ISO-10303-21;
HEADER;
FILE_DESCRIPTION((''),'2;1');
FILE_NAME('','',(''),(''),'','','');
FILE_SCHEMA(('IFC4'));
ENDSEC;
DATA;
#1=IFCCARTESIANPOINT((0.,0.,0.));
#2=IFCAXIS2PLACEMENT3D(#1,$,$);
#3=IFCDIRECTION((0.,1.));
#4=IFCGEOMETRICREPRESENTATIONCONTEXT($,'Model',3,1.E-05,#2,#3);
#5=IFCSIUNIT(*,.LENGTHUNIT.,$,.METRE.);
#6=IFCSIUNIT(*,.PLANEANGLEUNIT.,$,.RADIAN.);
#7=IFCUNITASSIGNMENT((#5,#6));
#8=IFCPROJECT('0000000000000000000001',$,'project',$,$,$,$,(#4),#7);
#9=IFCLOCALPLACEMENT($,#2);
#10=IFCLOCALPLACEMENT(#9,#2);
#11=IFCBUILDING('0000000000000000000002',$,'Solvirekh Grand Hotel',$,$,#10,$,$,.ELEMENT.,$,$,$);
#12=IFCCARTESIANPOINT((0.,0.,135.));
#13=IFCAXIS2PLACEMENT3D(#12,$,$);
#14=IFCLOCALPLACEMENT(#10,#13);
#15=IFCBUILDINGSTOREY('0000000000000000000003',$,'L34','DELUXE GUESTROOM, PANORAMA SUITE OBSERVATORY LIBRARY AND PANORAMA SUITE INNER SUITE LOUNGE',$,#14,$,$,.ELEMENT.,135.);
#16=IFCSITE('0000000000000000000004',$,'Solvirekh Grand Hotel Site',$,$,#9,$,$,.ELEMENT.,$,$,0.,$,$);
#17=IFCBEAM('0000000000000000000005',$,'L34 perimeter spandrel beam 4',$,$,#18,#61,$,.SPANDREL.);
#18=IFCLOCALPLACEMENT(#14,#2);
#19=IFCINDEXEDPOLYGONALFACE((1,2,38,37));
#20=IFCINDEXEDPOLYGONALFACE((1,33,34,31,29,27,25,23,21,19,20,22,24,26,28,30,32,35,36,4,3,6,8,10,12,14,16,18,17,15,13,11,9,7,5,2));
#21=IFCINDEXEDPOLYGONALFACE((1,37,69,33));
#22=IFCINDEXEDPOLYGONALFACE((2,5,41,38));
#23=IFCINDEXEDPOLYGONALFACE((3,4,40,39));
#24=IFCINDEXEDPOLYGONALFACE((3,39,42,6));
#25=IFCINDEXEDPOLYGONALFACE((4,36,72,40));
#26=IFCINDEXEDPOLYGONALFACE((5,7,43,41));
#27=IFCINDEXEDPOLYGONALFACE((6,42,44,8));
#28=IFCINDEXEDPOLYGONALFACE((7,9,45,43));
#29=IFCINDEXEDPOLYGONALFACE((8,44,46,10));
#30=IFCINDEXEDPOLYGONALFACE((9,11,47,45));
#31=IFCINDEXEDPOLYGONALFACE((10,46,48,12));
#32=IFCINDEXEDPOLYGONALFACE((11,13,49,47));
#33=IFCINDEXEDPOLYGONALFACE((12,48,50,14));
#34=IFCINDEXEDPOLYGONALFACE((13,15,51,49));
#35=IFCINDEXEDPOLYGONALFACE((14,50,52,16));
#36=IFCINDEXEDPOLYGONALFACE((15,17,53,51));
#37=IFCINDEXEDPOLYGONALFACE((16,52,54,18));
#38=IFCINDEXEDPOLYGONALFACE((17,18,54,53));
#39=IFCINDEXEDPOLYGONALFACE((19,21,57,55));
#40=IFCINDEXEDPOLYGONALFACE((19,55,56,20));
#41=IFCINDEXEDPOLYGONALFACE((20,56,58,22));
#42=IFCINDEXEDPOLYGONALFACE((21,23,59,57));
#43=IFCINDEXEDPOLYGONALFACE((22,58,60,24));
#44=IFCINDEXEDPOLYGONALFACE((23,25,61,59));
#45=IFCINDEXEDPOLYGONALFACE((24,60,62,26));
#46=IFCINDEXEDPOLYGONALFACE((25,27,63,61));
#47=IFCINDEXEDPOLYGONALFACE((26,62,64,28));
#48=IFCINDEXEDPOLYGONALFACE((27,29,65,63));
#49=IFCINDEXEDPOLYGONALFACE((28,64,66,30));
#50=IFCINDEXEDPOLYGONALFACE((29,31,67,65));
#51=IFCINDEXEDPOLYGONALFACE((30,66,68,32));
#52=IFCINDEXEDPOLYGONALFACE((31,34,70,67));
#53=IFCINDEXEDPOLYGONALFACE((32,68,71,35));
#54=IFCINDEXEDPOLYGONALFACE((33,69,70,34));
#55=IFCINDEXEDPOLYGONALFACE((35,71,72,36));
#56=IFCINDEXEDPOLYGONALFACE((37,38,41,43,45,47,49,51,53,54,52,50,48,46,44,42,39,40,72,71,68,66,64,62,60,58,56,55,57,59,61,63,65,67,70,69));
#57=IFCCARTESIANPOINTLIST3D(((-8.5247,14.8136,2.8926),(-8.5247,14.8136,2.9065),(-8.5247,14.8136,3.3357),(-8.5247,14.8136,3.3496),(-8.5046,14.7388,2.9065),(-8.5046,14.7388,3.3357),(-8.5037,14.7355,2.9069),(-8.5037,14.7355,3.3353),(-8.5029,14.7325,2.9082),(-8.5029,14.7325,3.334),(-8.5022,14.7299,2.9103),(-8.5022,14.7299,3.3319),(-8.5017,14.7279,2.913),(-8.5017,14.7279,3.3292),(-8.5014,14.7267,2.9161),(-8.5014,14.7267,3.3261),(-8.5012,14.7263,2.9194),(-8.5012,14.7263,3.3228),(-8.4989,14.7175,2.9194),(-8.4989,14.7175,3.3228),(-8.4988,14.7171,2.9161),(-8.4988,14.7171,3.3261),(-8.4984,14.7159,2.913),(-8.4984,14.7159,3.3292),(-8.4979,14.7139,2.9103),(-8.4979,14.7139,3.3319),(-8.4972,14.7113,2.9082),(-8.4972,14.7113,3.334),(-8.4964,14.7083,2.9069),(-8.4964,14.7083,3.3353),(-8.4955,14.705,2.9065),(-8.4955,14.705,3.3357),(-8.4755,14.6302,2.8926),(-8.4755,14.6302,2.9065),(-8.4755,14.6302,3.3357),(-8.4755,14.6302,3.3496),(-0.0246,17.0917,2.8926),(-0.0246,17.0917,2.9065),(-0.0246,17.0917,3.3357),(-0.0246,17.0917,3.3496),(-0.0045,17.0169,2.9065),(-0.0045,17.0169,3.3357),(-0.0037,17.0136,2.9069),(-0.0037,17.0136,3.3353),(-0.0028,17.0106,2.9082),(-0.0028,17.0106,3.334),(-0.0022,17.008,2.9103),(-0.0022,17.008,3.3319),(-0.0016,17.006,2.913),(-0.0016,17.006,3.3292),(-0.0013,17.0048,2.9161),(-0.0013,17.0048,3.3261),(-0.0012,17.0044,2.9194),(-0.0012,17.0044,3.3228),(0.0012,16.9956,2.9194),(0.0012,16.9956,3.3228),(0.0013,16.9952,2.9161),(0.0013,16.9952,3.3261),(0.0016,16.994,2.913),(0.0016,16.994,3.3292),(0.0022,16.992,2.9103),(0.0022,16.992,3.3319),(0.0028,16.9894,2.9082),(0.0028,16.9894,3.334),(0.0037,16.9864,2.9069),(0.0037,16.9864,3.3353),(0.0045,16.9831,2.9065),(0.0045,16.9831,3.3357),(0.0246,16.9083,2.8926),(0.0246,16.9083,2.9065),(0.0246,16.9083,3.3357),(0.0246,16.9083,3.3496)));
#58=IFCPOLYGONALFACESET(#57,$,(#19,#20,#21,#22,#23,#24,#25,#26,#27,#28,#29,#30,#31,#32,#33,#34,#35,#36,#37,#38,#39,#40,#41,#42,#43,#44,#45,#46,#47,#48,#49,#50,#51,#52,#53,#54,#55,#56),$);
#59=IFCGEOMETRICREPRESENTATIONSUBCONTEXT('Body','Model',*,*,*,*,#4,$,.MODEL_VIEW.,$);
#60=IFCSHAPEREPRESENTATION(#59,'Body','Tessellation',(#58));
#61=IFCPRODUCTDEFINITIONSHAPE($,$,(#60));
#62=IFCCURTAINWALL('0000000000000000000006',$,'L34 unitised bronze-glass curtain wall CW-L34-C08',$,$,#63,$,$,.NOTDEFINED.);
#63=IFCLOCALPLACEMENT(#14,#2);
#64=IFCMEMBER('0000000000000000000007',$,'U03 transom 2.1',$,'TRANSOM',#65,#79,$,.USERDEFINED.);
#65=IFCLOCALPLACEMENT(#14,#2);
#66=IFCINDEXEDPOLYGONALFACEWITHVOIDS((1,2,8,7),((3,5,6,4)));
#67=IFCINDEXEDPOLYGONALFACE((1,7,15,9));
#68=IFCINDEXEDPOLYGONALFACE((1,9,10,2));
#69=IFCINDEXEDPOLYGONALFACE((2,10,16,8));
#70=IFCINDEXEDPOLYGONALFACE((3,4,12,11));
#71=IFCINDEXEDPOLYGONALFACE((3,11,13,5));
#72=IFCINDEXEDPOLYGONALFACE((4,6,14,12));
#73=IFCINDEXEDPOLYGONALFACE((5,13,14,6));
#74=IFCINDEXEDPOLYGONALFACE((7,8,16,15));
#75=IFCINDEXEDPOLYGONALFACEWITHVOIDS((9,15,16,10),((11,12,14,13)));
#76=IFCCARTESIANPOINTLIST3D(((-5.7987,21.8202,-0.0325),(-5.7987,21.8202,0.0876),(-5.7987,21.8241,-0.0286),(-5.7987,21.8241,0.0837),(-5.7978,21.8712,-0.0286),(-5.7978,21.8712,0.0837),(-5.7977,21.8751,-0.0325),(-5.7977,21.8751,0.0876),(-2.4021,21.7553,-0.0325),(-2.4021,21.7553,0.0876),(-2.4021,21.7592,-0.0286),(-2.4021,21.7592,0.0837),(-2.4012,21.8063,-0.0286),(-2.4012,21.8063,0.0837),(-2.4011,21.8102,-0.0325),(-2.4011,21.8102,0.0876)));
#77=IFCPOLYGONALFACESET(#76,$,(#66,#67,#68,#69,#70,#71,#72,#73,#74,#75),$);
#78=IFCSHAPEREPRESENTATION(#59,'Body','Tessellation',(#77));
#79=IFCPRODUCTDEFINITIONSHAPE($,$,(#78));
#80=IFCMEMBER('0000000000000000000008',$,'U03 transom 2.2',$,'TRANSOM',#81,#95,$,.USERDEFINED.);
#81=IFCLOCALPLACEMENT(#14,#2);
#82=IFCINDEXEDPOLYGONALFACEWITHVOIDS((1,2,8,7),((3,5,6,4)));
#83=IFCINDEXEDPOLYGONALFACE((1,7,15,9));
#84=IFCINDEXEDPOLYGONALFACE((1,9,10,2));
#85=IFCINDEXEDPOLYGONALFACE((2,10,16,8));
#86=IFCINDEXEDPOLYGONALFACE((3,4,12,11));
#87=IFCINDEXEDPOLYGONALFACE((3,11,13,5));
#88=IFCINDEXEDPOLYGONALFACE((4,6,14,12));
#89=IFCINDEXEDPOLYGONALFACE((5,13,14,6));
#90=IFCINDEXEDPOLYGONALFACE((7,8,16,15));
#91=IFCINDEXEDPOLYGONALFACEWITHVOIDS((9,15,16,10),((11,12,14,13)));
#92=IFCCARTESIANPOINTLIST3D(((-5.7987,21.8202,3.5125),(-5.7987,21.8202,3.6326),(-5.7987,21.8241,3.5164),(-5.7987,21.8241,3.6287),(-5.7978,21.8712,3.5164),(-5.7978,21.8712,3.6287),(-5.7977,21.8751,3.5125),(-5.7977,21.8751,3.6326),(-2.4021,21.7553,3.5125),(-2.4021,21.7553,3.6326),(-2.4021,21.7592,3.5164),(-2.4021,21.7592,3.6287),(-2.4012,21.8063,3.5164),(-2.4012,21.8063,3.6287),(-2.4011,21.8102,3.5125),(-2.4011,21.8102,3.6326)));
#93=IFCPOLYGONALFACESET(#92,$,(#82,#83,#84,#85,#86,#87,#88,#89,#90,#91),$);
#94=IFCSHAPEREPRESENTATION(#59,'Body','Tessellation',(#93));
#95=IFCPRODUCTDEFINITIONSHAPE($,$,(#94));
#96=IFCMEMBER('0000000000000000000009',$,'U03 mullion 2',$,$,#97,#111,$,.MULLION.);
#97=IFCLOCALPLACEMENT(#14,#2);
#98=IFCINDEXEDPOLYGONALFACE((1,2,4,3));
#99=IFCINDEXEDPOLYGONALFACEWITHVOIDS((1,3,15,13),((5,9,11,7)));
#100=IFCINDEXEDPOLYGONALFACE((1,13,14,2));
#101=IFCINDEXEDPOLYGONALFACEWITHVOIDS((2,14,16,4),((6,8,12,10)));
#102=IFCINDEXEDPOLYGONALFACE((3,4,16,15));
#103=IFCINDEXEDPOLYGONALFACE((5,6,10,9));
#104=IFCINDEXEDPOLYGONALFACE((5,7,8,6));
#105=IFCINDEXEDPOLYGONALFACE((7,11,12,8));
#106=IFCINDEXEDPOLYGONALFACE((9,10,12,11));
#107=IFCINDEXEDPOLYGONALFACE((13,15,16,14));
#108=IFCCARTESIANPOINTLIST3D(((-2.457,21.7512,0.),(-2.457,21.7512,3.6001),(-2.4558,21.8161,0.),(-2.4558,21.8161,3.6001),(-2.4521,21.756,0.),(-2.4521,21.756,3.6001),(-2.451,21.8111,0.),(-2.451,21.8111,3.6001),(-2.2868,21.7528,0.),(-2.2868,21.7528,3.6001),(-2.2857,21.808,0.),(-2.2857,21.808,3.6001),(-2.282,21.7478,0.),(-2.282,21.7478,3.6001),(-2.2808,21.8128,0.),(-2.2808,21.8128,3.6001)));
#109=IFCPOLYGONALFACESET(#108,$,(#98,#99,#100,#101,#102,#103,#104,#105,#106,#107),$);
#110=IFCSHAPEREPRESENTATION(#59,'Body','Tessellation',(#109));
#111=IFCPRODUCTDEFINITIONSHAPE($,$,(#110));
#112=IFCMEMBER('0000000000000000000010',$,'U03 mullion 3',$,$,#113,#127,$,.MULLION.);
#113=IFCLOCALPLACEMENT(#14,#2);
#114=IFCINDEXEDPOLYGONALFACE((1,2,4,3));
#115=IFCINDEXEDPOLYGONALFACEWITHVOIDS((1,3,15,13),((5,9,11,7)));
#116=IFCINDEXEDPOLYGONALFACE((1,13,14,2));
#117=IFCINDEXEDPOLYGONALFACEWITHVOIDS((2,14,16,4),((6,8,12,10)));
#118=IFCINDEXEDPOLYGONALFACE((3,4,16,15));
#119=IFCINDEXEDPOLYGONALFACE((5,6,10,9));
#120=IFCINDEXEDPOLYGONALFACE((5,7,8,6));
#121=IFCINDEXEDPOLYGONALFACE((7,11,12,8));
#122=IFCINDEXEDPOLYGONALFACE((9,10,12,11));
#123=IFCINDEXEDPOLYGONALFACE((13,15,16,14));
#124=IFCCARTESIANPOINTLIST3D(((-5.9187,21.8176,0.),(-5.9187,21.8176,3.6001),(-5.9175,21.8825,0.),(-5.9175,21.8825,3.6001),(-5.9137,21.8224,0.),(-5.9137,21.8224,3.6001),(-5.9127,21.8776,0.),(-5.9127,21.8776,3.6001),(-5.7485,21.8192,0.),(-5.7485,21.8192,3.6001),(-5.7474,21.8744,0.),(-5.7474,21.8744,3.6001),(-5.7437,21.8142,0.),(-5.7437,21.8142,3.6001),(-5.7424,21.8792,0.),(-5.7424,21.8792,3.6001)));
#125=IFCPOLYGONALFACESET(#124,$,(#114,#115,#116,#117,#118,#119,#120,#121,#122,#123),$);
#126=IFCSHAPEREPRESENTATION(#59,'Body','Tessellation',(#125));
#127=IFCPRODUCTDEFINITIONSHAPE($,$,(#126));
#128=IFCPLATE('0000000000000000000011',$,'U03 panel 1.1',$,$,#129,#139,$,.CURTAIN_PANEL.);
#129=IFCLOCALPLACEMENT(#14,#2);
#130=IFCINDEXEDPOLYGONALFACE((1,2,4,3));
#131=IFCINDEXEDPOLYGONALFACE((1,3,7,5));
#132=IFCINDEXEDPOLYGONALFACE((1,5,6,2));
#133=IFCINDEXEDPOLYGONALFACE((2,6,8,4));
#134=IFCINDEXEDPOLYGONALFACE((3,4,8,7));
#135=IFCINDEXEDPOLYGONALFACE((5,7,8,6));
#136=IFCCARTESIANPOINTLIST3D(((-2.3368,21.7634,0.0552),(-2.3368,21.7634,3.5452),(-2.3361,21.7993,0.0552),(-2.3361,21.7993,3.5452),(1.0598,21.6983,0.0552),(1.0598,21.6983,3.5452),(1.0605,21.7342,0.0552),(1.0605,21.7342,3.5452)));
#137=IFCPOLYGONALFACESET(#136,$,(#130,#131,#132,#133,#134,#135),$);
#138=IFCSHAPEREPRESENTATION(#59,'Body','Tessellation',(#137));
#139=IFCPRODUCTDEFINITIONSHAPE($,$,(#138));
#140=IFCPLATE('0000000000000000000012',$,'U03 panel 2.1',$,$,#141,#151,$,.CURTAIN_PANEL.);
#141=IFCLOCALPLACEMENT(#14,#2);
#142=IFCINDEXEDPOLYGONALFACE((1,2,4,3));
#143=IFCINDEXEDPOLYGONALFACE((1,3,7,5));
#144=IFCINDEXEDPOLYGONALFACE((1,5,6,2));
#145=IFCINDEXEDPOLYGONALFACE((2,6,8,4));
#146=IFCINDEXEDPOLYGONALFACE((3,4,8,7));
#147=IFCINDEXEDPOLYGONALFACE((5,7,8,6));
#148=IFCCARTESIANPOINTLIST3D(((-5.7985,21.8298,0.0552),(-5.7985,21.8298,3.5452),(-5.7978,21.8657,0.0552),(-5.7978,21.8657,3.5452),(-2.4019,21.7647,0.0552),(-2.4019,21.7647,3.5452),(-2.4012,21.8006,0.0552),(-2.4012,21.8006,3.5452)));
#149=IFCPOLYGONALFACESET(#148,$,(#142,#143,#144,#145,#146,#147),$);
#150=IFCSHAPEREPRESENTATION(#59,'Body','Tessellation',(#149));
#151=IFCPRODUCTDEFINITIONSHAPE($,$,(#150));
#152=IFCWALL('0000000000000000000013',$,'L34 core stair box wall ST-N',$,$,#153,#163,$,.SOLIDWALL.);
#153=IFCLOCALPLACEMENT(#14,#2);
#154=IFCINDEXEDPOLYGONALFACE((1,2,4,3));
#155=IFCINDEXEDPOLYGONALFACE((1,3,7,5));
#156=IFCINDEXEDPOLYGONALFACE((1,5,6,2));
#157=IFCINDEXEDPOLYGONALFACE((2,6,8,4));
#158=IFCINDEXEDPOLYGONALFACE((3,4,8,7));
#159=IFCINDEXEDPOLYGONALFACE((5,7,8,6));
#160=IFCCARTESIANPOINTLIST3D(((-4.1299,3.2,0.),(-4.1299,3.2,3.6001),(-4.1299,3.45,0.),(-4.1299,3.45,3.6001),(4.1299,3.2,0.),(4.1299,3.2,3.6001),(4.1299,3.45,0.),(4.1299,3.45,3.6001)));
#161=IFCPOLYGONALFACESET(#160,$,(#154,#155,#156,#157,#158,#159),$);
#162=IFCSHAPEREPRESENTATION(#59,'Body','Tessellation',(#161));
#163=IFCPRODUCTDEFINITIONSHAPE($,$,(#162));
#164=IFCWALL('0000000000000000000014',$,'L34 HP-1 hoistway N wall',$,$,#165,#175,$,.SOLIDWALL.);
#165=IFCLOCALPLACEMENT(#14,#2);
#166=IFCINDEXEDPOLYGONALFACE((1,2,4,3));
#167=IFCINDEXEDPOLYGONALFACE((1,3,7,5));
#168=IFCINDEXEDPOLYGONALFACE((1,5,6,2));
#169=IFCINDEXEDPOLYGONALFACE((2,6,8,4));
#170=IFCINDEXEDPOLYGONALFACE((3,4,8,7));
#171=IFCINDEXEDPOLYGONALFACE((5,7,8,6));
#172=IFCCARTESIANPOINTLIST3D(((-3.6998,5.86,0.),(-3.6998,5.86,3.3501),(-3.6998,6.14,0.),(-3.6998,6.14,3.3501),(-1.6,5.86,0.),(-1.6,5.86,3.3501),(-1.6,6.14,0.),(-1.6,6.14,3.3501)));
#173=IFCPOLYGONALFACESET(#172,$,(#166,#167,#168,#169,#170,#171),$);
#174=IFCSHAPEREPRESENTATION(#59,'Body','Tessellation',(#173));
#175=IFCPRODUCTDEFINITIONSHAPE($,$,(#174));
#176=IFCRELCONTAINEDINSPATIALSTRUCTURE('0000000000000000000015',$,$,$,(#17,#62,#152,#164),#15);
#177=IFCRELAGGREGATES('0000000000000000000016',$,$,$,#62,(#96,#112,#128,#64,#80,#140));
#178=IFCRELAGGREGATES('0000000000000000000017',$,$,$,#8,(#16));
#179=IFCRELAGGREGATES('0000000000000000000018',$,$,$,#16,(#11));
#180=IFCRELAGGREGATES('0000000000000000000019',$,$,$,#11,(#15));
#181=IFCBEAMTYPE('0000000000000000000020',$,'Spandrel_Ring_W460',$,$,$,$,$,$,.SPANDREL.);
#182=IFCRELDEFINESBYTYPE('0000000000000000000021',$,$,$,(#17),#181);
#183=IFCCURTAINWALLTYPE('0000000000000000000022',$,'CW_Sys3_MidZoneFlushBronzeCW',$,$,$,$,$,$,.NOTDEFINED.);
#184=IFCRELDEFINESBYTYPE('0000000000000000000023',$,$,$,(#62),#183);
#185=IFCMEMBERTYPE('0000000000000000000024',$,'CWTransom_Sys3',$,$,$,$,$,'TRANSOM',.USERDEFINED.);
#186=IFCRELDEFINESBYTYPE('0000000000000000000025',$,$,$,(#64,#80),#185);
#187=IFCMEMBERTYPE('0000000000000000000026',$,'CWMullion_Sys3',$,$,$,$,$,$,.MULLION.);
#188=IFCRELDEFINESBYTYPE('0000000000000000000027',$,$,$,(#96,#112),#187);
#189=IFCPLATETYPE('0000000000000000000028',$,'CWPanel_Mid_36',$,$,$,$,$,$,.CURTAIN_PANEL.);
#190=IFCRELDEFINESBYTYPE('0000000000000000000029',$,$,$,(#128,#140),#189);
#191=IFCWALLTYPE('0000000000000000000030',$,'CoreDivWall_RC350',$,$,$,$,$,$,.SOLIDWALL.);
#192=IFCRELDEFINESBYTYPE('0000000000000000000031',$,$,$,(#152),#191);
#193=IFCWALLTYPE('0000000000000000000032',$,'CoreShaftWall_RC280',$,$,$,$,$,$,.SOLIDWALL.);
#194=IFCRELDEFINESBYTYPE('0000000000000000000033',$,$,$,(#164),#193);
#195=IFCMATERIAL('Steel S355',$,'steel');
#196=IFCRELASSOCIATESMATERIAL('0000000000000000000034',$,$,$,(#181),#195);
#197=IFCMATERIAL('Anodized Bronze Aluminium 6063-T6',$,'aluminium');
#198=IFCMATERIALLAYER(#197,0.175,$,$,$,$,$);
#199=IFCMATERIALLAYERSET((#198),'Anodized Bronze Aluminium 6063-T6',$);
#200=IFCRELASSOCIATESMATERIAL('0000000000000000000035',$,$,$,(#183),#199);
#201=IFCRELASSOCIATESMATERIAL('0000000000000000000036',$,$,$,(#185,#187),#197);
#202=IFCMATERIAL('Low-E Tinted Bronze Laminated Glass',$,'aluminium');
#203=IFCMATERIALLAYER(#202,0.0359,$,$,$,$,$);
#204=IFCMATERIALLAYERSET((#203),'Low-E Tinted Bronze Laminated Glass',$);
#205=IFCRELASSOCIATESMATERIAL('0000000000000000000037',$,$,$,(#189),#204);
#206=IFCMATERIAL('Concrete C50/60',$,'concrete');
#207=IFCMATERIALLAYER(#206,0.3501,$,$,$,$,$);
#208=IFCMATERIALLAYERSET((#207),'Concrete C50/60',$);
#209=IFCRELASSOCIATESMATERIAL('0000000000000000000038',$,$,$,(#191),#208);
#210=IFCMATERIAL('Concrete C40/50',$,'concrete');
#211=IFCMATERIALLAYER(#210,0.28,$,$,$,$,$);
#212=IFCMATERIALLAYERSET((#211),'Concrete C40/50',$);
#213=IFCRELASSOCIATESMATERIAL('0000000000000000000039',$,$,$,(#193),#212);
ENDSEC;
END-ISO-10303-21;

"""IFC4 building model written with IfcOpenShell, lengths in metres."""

from ifc_helpers import new_model, si_unit, direction, frame, frame_2d, origin, origin_2d, place, context, subcontext, project, spatial, rectangle, hollow_rectangle, i_section, extrude, source, transform, mapped, material, layer, layer_set, material_profile, profile_set, type_object, element, aggregate, save


model = new_model("IFC4")

# Units and contexts
model_context = context("Model", 3, precision=1e-05, world=origin(), true_north=direction((0.0, 1.0)))
body_context = subcontext(model_context, "Body", "Model", "MODEL_VIEW")
ifc_project = project(units=[si_unit("LENGTHUNIT", "METRE"), si_unit("PLANEANGLEUNIT", "RADIAN")], contexts=[model_context])

# Site, building, storey
site_placement = place(None, origin())
site = spatial("IfcSite", under=ifc_project, at=site_placement, Name="Solvirekh Grand Hotel Site", CompositionType="ELEMENT", RefElevation=0.0)
building_placement = place(site_placement, origin())
building = spatial("IfcBuilding", under=site, at=building_placement, Name="Solvirekh Grand Hotel", CompositionType="ELEMENT")
storey_placement = place(building_placement, frame((0.0, 0.0, 135.0)))
storey = spatial("IfcBuildingStorey", under=building, at=storey_placement, Name="L34", Description="DELUXE GUESTROOM, PANORAMA SUITE OBSERVATORY LIBRARY AND PANORAMA SUITE INNER SUITE LOUNGE", CompositionType="ELEMENT", Elevation=135.0)

# Shared definitions
ifc_material_1 = material(Name="Concrete C50/60", Category="concrete")

# Beam
ifc_material_2 = material(Name="Steel S355", Category="steel")
ifc_material_profile_1 = material_profile(ifc_material_2, i_section(OverallWidth=0.1899, OverallDepth=0.457, WebThickness=0.009, FlangeThickness=0.0139, FilletRadius=0.0129, at=origin_2d()), Name="W460X74")
ifc_profile_set_1 = profile_set([ifc_material_profile_1], Name="Steel S355")
beam_type_1 = type_object("IfcBeamType", Name="Spandrel_Ring_W460", PredefinedType="SPANDREL", material=ifc_profile_set_1)
beam_1_placement = place(storey_placement, frame((0.0, 17.0, 3.1211), z_axis=(-0.965911, -0.258873, 0.0), x_axis=(0.258873, -0.965911, 0.0)))
element("IfcBeam", 1, at=beam_1_placement, inside=storey, type_object=beam_type_1, Name="L34 perimeter spandrel beam 4", PredefinedType="SPANDREL", context=body_context, shape_type="SweptSolid", body=[
    extrude(i_section(OverallWidth=0.1899, OverallDepth=0.457, WebThickness=0.009, FlangeThickness=0.0139, FilletRadius=0.0129, at=origin_2d()), origin(), (0.0, 0.0, 1.0), 8.8),
])

# Curtain wall, members, plates
ifc_material_3 = material(Name="Anodized Bronze Aluminium 6063-T6", Category="aluminium")
ifc_layer_1 = layer(ifc_material_3, 0.175)
ifc_layer_set_1 = layer_set([ifc_layer_1], Name="Anodized Bronze Aluminium 6063-T6")
curtain_wall_type = type_object("IfcCurtainWallType", Name="CW_Sys3_MidZoneFlushBronzeCW", PredefinedType="NOTDEFINED", material=ifc_layer_set_1)
curtain_wall_placement = place(storey_placement, origin())
curtain_wall = element("IfcCurtainWall", 2, at=curtain_wall_placement, inside=storey, type_object=curtain_wall_type, Name="L34 unitised bronze-glass curtain wall CW-L34-C08", PredefinedType="NOTDEFINED")
ifc_material_profile_2 = material_profile(ifc_material_3, hollow_rectangle(XDim=0.0549, YDim=0.1201, WallThickness=0.0039, at=origin_2d()), Name="ALU RHS 120X55X4")
ifc_profile_set_2 = profile_set([ifc_material_profile_2], Name="Anodized Bronze Aluminium 6063-T6")
member_type_1 = type_object("IfcMemberType", Name="CWTransom_Sys3", ElementType="TRANSOM", PredefinedType="USERDEFINED", material=ifc_profile_set_2)
shared_shape_1 = source(origin(), body_context, "Body", "SweptSolid", [
    extrude(hollow_rectangle(XDim=0.0549, YDim=0.1201, WallThickness=0.0039, at=origin_2d()), origin(), (0.0, 0.0, 1.0), 3.3972),
])
member_1_placement = place(storey_placement, frame((-2.4016, 21.7827, 0.0276), z_axis=(-0.999817, 0.019117, 0.0), x_axis=(-0.019117, -0.999817, 0.0)))
member_1 = element("IfcMember", 3, at=member_1_placement, type_object=member_type_1, Name="U03 transom 2.1", ObjectType="TRANSOM", PredefinedType="USERDEFINED", context=body_context, shape_type="MappedRepresentation", body=[
    mapped(shared_shape_1, transform((0.0, 0.0, 0.0), x_axis=(1.0, 0.0, 0.0), y_axis=(0.0, 1.0, 0.0), z_axis=(0.0, 0.0, 1.0), scale=1.0)),
])
member_2_placement = place(storey_placement, frame((-2.4016, 21.7827, 3.5725), z_axis=(-0.999817, 0.019117, 0.0), x_axis=(-0.019117, -0.999817, 0.0)))
member_2 = element("IfcMember", 4, at=member_2_placement, type_object=member_type_1, Name="U03 transom 2.2", ObjectType="TRANSOM", PredefinedType="USERDEFINED", context=body_context, shape_type="MappedRepresentation", body=[
    mapped(shared_shape_1, transform((0.0, 0.0, 0.0), x_axis=(1.0, 0.0, 0.0), y_axis=(0.0, 1.0, 0.0), z_axis=(0.0, 0.0, 1.0), scale=1.0)),
])
ifc_material_profile_3 = material_profile(ifc_material_3, hollow_rectangle(XDim=0.0649, YDim=0.175, WallThickness=0.0049, at=origin_2d()), Name="ALU RHS 175X65X5")
ifc_profile_set_3 = profile_set([ifc_material_profile_3], Name="Anodized Bronze Aluminium 6063-T6")
member_type_2 = type_object("IfcMemberType", Name="CWMullion_Sys3", PredefinedType="MULLION", material=ifc_profile_set_3)
shared_shape_2 = source(origin(), body_context, "Body", "SweptSolid", [
    extrude(hollow_rectangle(XDim=0.0649, YDim=0.175, WallThickness=0.0049, at=origin_2d()), origin(), (0.0, 0.0, 1.0), 3.6001),
])
member_3_placement = place(storey_placement, frame((-2.3689, 21.782, 0.0), z_axis=(0.0, 0.0, 1.0), x_axis=(-0.019172, -0.999816, 0.0)))
member_3 = element("IfcMember", 5, at=member_3_placement, type_object=member_type_2, Name="U03 mullion 2", PredefinedType="MULLION", context=body_context, shape_type="MappedRepresentation", body=[
    mapped(shared_shape_2, transform((0.0, 0.0, 0.0), x_axis=(1.0, 0.0, 0.0), y_axis=(0.0, 1.0, 0.0), z_axis=(0.0, 0.0, 1.0), scale=1.0)),
])
member_4_placement = place(storey_placement, frame((-5.8306, 21.8484, 0.0), z_axis=(0.0, 0.0, 1.0), x_axis=(-0.019172, -0.999816, 0.0)))
member_4 = element("IfcMember", 6, at=member_4_placement, type_object=member_type_2, Name="U03 mullion 3", PredefinedType="MULLION", context=body_context, shape_type="MappedRepresentation", body=[
    mapped(shared_shape_2, transform((0.0, 0.0, 0.0), x_axis=(1.0, 0.0, 0.0), y_axis=(0.0, 1.0, 0.0), z_axis=(0.0, 0.0, 1.0), scale=1.0)),
])
ifc_material_4 = material(Name="Low-E Tinted Bronze Laminated Glass", Category="aluminium")
ifc_layer_2 = layer(ifc_material_4, 0.0359)
ifc_layer_set_2 = layer_set([ifc_layer_2], Name="Low-E Tinted Bronze Laminated Glass")
plate_type = type_object("IfcPlateType", Name="CWPanel_Mid_36", PredefinedType="CURTAIN_PANEL", material=ifc_layer_set_2)
shared_shape_3 = source(origin(), body_context, "Body", "SweptSolid", [
    extrude(rectangle(XDim=3.3972, YDim=0.0359, at=origin_2d()), origin(), (0.0, 0.0, 1.0), 3.49),
])
plate_1_placement = place(storey_placement, frame((-0.6382, 21.7488, 0.0552), z_axis=(0.0, 0.0, 1.0), x_axis=(-0.999816, 0.019172, 0.0)))
plate_1 = element("IfcPlate", 7, at=plate_1_placement, type_object=plate_type, Name="U03 panel 1.1", PredefinedType="CURTAIN_PANEL", context=body_context, shape_type="MappedRepresentation", body=[
    mapped(shared_shape_3, transform((0.0, 0.0, 0.0), x_axis=(1.0, 0.0, 0.0), y_axis=(0.0, 1.0, 0.0), z_axis=(0.0, 0.0, 1.0), scale=1.0)),
])
plate_2_placement = place(storey_placement, frame((-4.0999, 21.8152, 0.0552), z_axis=(0.0, 0.0, 1.0), x_axis=(-0.999816, 0.019172, 0.0)))
plate_2 = element("IfcPlate", 8, at=plate_2_placement, type_object=plate_type, Name="U03 panel 2.1", PredefinedType="CURTAIN_PANEL", context=body_context, shape_type="MappedRepresentation", body=[
    mapped(shared_shape_3, transform((0.0, 0.0, 0.0), x_axis=(1.0, 0.0, 0.0), y_axis=(0.0, 1.0, 0.0), z_axis=(0.0, 0.0, 1.0), scale=1.0)),
])
aggregate(curtain_wall, [member_3, member_4, plate_1, member_1, member_2, plate_2])

# Walls
ifc_layer_3 = layer(ifc_material_1, 0.3501)
ifc_layer_set_3 = layer_set([ifc_layer_3], Name="Concrete C50/60")
wall_type_1 = type_object("IfcWallType", Name="CoreDivWall_RC350", PredefinedType="SOLIDWALL", material=ifc_layer_set_3)
wall_1_placement = place(storey_placement, frame((-4.1299, 3.325, 0.0), z_axis=(0.0, 0.0, 1.0), x_axis=(1.0, 0.0, 0.0)))
element("IfcWall", 9, at=wall_1_placement, inside=storey, type_object=wall_type_1, Name="L34 core stair box wall ST-N", PredefinedType="SOLIDWALL", context=body_context, shape_type="SweptSolid", body=[
    extrude(rectangle(XDim=8.2598, YDim=0.25, at=frame_2d((4.1299, 0.0))), origin(), (0.0, 0.0, 1.0), 3.6001),
])
ifc_material_5 = material(Name="Concrete C40/50", Category="concrete")
ifc_layer_4 = layer(ifc_material_5, 0.28)
ifc_layer_set_4 = layer_set([ifc_layer_4], Name="Concrete C40/50")
wall_type_2 = type_object("IfcWallType", Name="CoreShaftWall_RC280", PredefinedType="SOLIDWALL", material=ifc_layer_set_4)
wall_2_placement = place(storey_placement, frame((-1.6001, 6.0, 0.0), z_axis=(0.0, 0.0, 1.0), x_axis=(-1.0, 0.0, 0.0)))
element("IfcWall", 10, at=wall_2_placement, inside=storey, type_object=wall_type_2, Name="L34 HP-1 hoistway N wall", PredefinedType="SOLIDWALL", context=body_context, shape_type="SweptSolid", body=[
    extrude(rectangle(XDim=2.0999, YDim=0.28, at=frame_2d((1.0498, 0.0))), origin(), (0.0, 0.0, 1.0), 3.3501),
])

save(model, "model.ifc")
